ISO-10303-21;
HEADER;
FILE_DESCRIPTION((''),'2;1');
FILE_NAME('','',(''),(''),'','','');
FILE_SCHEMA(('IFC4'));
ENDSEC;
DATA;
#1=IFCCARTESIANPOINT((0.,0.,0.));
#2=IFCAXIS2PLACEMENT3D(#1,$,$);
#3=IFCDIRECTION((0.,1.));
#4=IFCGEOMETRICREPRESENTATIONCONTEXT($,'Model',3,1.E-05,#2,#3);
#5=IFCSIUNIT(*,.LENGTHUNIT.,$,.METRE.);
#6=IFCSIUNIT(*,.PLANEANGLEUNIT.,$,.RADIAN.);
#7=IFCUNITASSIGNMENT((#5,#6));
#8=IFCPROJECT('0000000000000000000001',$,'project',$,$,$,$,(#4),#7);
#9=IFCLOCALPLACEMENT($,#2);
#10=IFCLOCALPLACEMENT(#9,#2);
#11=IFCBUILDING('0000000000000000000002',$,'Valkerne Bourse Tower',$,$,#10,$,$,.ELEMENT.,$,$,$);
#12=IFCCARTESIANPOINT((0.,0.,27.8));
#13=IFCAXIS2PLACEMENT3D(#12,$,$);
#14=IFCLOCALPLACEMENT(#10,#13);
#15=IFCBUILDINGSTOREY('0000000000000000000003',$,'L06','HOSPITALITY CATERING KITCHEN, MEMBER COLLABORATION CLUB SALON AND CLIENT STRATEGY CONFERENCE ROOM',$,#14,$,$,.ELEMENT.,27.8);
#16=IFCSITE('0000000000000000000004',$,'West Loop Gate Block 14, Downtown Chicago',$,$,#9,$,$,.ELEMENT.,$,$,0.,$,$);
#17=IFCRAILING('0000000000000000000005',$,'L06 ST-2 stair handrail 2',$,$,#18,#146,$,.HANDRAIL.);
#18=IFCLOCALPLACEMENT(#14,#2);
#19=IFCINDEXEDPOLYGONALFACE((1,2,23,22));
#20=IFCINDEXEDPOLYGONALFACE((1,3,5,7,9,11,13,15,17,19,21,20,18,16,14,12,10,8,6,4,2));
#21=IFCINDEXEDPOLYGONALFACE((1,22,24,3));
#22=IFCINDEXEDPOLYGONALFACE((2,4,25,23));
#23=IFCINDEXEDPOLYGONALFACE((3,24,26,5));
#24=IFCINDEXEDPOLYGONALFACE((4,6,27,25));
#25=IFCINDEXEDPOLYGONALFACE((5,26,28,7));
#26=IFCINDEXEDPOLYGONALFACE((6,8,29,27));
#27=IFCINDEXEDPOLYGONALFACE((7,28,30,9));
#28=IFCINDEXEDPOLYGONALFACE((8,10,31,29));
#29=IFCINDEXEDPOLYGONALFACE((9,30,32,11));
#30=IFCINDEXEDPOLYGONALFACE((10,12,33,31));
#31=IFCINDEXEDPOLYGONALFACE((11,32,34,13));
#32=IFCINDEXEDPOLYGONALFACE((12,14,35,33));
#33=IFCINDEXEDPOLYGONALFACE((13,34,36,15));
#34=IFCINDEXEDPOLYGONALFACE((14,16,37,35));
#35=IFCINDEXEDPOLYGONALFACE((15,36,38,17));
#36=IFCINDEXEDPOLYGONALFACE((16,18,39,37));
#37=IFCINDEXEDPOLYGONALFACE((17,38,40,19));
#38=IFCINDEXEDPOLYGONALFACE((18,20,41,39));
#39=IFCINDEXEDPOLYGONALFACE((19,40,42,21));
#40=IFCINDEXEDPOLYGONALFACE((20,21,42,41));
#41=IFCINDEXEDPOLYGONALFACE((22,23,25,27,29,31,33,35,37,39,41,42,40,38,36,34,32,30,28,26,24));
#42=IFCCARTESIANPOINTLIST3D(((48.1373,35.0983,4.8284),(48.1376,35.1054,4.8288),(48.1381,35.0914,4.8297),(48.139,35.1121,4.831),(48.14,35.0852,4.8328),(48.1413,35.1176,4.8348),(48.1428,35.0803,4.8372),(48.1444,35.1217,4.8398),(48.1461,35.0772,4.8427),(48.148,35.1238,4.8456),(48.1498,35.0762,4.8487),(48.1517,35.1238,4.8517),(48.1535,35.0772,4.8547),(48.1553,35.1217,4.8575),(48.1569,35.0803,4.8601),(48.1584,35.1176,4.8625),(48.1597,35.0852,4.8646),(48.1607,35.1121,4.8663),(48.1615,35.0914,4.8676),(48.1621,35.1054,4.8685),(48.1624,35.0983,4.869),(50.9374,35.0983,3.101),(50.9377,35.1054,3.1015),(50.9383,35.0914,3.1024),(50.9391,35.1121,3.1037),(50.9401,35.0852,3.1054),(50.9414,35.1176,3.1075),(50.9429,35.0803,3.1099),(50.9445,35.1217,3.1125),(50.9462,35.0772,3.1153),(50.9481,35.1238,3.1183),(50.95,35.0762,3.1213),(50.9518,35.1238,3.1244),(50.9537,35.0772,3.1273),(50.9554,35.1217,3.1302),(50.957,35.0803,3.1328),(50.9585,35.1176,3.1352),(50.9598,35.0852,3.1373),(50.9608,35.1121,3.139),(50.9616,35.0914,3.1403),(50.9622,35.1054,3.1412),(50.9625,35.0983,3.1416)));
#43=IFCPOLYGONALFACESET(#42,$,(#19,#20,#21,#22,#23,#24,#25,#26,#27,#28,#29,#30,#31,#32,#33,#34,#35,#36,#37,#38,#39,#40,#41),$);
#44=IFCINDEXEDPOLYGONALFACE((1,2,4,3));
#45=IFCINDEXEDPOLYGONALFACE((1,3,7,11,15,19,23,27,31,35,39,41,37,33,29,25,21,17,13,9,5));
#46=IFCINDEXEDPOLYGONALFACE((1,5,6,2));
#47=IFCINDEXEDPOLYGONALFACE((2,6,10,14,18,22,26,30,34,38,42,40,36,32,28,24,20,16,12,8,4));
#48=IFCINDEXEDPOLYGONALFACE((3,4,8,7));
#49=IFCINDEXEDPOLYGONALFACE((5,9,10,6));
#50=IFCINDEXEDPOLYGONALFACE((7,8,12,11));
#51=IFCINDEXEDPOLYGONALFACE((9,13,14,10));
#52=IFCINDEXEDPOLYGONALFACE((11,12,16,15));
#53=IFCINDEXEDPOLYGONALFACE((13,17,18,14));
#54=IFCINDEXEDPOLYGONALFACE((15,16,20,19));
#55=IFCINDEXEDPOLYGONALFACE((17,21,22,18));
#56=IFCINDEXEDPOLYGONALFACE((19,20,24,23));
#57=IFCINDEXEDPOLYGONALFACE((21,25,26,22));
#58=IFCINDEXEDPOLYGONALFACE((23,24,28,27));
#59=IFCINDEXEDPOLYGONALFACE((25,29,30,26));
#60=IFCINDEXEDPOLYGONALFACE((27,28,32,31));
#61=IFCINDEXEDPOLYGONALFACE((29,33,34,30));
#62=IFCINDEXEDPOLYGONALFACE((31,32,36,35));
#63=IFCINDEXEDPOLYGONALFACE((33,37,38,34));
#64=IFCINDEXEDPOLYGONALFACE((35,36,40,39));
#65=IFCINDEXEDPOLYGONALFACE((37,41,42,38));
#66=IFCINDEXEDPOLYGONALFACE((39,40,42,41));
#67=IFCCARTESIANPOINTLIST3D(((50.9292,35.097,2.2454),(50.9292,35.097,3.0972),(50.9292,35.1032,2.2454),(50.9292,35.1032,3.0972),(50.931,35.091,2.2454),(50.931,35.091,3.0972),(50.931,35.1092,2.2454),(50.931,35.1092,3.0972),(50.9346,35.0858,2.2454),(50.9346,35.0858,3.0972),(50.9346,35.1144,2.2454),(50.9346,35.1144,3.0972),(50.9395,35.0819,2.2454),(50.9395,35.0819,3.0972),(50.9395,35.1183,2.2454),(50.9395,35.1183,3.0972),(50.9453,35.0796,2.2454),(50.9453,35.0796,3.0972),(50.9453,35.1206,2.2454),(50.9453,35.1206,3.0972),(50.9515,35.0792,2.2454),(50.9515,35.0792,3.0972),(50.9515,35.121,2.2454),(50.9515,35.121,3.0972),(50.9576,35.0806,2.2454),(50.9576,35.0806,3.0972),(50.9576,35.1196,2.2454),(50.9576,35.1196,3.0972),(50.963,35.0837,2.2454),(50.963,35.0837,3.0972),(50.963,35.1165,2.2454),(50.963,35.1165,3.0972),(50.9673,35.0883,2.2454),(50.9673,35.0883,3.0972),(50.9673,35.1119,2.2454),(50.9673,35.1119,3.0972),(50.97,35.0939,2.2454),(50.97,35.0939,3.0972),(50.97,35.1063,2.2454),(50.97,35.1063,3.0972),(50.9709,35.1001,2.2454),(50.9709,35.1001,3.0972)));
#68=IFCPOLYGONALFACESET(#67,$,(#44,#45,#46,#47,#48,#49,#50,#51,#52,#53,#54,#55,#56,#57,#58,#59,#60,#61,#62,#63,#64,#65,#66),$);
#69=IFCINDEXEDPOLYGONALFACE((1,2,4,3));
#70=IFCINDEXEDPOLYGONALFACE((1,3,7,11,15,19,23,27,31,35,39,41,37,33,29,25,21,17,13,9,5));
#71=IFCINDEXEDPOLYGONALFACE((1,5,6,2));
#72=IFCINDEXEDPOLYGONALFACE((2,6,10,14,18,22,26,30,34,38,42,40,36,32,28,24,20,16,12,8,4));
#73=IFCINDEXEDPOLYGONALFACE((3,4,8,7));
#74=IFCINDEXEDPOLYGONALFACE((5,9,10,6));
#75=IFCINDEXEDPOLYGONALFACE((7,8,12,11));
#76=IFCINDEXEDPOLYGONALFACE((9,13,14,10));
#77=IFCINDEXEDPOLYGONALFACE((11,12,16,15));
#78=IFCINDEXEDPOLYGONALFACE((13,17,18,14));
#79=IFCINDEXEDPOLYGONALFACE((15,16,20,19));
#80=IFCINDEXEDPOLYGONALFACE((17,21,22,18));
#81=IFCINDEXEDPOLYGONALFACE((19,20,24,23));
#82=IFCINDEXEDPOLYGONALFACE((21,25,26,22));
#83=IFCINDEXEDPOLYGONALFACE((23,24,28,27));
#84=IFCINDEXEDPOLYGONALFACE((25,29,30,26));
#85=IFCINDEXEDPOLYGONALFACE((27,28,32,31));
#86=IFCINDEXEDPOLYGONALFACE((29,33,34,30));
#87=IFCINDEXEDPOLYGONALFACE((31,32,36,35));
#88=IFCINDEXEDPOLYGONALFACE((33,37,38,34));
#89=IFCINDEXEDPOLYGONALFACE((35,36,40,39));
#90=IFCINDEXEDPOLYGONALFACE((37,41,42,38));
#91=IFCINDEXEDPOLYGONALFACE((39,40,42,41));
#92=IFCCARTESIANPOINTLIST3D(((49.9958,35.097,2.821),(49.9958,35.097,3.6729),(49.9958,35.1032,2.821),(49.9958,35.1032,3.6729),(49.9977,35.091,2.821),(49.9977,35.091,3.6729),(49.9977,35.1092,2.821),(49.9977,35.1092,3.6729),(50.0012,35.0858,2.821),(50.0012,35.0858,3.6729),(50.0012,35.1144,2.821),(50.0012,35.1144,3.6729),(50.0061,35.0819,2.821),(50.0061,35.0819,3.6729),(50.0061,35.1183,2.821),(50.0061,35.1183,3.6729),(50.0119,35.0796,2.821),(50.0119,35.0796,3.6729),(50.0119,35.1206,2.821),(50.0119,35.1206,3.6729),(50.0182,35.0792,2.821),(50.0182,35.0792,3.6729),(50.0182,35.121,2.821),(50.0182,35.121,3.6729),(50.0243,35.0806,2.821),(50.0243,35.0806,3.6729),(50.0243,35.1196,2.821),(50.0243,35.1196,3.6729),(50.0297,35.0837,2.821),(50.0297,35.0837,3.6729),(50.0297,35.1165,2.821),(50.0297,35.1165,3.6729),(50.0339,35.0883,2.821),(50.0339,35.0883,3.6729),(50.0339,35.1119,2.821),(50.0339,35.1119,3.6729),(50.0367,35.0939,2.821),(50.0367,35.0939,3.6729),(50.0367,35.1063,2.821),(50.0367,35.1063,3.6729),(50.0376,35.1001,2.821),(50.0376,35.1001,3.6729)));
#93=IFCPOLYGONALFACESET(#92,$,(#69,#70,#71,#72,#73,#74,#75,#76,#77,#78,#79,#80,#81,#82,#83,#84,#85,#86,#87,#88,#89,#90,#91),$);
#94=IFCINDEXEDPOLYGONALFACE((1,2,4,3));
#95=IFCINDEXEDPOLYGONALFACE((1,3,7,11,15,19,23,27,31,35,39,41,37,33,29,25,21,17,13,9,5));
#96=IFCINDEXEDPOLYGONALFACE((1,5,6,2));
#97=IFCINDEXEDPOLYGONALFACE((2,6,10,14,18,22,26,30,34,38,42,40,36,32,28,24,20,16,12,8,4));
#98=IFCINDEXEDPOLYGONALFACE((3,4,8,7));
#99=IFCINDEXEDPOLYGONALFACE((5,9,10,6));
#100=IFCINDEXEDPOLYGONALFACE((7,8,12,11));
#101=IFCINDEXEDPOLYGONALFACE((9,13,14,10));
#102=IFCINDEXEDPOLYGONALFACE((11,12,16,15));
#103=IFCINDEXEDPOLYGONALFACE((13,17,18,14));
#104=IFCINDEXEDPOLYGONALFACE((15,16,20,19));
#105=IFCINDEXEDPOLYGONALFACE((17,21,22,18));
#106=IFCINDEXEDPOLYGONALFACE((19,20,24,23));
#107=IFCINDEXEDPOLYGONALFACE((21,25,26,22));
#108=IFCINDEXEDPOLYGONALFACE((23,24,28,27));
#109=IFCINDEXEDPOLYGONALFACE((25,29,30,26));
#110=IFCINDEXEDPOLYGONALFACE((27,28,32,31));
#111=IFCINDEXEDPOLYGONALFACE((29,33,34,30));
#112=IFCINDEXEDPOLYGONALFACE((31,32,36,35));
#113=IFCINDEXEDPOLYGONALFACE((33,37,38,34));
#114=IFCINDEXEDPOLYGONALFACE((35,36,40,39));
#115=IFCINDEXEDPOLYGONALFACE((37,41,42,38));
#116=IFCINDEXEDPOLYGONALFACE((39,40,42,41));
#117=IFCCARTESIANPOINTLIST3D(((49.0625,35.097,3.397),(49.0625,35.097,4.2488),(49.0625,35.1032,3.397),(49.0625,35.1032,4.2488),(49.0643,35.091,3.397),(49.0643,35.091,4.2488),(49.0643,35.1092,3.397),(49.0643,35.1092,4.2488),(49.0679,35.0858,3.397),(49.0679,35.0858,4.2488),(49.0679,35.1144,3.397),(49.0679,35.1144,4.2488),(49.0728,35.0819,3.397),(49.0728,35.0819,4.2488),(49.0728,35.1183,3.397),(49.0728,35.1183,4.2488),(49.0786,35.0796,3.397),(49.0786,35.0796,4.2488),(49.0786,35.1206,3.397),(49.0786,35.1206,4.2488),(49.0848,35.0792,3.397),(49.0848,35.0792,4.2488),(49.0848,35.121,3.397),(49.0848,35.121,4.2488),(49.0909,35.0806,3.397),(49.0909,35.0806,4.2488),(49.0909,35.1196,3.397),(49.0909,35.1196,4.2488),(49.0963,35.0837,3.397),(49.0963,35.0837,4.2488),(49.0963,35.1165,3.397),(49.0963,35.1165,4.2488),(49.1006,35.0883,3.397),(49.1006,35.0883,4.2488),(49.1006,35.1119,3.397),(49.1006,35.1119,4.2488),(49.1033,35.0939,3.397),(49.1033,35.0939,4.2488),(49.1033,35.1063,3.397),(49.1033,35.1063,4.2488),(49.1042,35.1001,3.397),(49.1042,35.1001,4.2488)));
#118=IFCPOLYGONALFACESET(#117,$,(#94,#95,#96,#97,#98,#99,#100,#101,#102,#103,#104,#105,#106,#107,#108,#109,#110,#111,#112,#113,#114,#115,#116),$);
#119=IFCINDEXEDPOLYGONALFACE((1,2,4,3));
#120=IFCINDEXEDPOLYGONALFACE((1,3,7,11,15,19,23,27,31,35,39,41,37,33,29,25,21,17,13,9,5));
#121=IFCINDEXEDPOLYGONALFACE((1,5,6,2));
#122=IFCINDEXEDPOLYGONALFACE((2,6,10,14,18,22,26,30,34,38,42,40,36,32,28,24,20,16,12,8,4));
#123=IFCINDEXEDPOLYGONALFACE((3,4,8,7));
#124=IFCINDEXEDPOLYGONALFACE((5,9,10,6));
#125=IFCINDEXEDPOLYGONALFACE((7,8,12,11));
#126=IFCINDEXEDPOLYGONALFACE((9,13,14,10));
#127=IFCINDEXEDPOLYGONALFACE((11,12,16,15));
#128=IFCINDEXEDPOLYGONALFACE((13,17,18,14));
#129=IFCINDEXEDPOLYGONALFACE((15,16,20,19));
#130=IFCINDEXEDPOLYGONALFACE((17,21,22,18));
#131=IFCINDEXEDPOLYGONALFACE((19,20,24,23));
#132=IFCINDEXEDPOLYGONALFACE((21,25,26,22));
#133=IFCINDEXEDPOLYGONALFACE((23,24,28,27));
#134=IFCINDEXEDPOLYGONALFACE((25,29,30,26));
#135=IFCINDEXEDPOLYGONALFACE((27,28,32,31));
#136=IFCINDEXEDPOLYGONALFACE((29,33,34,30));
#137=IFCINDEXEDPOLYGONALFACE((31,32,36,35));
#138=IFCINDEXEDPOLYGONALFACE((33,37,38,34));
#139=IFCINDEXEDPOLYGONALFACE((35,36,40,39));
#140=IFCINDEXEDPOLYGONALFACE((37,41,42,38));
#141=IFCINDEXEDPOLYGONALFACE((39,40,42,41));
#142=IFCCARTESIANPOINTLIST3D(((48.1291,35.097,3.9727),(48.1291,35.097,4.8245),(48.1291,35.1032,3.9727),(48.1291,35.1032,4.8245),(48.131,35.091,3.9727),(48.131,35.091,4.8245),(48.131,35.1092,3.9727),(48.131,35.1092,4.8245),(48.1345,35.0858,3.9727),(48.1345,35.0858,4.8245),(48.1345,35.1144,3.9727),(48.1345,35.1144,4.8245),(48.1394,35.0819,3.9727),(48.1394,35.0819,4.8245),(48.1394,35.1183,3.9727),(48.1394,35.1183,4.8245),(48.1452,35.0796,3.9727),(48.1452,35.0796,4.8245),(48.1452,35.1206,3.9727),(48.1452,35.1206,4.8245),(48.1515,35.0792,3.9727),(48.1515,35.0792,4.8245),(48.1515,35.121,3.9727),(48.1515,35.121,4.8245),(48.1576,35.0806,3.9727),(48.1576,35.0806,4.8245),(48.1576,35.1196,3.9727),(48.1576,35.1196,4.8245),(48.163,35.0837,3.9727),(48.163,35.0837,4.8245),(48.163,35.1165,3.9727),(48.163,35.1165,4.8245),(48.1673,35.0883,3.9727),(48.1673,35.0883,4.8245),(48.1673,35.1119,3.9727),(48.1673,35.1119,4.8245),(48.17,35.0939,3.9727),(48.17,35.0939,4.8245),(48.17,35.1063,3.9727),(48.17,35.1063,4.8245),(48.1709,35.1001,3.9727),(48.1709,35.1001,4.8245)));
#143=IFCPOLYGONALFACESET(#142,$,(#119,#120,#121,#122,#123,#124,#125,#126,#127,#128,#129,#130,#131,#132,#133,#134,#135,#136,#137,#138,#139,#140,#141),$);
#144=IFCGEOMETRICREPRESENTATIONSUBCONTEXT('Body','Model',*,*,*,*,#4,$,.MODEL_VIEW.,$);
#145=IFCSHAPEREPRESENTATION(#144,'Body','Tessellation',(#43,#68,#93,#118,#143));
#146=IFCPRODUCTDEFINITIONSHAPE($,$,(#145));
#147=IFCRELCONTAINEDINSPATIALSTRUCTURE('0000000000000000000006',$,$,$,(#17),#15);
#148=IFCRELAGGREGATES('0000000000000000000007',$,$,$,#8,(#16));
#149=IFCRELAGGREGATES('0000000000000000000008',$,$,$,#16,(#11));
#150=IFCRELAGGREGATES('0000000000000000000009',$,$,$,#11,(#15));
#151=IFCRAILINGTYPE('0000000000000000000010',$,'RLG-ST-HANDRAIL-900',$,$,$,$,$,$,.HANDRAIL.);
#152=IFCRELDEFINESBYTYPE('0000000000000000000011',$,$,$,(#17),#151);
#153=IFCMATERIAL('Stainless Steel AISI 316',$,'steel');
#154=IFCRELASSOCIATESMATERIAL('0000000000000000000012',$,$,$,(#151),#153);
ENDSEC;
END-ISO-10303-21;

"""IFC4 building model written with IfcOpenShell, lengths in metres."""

from ifc_helpers import new_model, si_unit, direction, frame, origin, origin_2d, place, context, subcontext, project, spatial, circle, extrude, material, type_object, element, save


model = new_model("IFC4")

# Units and contexts
model_context = context("Model", 3, precision=1e-05, world=origin(), true_north=direction((0.0, 1.0)))
body_context = subcontext(model_context, "Body", "Model", "MODEL_VIEW")
ifc_project = project(units=[si_unit("LENGTHUNIT", "METRE"), si_unit("PLANEANGLEUNIT", "RADIAN")], contexts=[model_context])

# Site, building, storey
site_placement = place(None, origin())
site = spatial("IfcSite", under=ifc_project, at=site_placement, Name="West Loop Gate Block 14, Downtown Chicago", CompositionType="ELEMENT", RefElevation=0.0)
building_placement = place(site_placement, origin())
building = spatial("IfcBuilding", under=site, at=building_placement, Name="Valkerne Bourse Tower", CompositionType="ELEMENT")
storey_placement = place(building_placement, frame((0.0, 0.0, 27.8)))
storey = spatial("IfcBuildingStorey", under=building, at=storey_placement, Name="L06", Description="HOSPITALITY CATERING KITCHEN, MEMBER COLLABORATION CLUB SALON AND CLIENT STRATEGY CONFERENCE ROOM", CompositionType="ELEMENT", Elevation=27.8)

# Shared definitions
ifc_material_1 = material(Name="Stainless Steel AISI 316", Category="steel")

# Railing
railing_type_1 = type_object("IfcRailingType", Name="RLG-ST-HANDRAIL-900", PredefinedType="HANDRAIL", material=ifc_material_1)
railing_1_placement = place(storey_placement, frame((50.95, 35.1001, 2.2454)))
element("IfcRailing", 1, at=railing_1_placement, inside=storey, type_object=railing_type_1, Name="L06 ST-2 stair handrail 2", PredefinedType="HANDRAIL", context=body_context, shape_type="SweptSolid", body=[
    extrude(circle(Radius=0.0239, at=origin_2d()), frame((0.0, 0.0, 0.876), z_axis=(-0.85109, 0.0, 0.52502), x_axis=(0.0, -1.0, 0.0)), (0.0, 0.0, 1.0), 3.29),
    extrude(circle(Radius=0.021, at=origin_2d()), origin(), (0.0, 0.0, 1.0), 0.8518),
    extrude(circle(Radius=0.021, at=origin_2d()), frame((-0.9333, 0.0, 0.5757)), (0.0, 0.0, 1.0), 0.8518),
    extrude(circle(Radius=0.021, at=origin_2d()), frame((-1.8667, 0.0, 1.1516)), (0.0, 0.0, 1.0), 0.8518),
    extrude(circle(Radius=0.021, at=origin_2d()), frame((-2.8, 0.0, 1.7273)), (0.0, 0.0, 1.0), 0.8518),
])

save(model, "model.ifc")
